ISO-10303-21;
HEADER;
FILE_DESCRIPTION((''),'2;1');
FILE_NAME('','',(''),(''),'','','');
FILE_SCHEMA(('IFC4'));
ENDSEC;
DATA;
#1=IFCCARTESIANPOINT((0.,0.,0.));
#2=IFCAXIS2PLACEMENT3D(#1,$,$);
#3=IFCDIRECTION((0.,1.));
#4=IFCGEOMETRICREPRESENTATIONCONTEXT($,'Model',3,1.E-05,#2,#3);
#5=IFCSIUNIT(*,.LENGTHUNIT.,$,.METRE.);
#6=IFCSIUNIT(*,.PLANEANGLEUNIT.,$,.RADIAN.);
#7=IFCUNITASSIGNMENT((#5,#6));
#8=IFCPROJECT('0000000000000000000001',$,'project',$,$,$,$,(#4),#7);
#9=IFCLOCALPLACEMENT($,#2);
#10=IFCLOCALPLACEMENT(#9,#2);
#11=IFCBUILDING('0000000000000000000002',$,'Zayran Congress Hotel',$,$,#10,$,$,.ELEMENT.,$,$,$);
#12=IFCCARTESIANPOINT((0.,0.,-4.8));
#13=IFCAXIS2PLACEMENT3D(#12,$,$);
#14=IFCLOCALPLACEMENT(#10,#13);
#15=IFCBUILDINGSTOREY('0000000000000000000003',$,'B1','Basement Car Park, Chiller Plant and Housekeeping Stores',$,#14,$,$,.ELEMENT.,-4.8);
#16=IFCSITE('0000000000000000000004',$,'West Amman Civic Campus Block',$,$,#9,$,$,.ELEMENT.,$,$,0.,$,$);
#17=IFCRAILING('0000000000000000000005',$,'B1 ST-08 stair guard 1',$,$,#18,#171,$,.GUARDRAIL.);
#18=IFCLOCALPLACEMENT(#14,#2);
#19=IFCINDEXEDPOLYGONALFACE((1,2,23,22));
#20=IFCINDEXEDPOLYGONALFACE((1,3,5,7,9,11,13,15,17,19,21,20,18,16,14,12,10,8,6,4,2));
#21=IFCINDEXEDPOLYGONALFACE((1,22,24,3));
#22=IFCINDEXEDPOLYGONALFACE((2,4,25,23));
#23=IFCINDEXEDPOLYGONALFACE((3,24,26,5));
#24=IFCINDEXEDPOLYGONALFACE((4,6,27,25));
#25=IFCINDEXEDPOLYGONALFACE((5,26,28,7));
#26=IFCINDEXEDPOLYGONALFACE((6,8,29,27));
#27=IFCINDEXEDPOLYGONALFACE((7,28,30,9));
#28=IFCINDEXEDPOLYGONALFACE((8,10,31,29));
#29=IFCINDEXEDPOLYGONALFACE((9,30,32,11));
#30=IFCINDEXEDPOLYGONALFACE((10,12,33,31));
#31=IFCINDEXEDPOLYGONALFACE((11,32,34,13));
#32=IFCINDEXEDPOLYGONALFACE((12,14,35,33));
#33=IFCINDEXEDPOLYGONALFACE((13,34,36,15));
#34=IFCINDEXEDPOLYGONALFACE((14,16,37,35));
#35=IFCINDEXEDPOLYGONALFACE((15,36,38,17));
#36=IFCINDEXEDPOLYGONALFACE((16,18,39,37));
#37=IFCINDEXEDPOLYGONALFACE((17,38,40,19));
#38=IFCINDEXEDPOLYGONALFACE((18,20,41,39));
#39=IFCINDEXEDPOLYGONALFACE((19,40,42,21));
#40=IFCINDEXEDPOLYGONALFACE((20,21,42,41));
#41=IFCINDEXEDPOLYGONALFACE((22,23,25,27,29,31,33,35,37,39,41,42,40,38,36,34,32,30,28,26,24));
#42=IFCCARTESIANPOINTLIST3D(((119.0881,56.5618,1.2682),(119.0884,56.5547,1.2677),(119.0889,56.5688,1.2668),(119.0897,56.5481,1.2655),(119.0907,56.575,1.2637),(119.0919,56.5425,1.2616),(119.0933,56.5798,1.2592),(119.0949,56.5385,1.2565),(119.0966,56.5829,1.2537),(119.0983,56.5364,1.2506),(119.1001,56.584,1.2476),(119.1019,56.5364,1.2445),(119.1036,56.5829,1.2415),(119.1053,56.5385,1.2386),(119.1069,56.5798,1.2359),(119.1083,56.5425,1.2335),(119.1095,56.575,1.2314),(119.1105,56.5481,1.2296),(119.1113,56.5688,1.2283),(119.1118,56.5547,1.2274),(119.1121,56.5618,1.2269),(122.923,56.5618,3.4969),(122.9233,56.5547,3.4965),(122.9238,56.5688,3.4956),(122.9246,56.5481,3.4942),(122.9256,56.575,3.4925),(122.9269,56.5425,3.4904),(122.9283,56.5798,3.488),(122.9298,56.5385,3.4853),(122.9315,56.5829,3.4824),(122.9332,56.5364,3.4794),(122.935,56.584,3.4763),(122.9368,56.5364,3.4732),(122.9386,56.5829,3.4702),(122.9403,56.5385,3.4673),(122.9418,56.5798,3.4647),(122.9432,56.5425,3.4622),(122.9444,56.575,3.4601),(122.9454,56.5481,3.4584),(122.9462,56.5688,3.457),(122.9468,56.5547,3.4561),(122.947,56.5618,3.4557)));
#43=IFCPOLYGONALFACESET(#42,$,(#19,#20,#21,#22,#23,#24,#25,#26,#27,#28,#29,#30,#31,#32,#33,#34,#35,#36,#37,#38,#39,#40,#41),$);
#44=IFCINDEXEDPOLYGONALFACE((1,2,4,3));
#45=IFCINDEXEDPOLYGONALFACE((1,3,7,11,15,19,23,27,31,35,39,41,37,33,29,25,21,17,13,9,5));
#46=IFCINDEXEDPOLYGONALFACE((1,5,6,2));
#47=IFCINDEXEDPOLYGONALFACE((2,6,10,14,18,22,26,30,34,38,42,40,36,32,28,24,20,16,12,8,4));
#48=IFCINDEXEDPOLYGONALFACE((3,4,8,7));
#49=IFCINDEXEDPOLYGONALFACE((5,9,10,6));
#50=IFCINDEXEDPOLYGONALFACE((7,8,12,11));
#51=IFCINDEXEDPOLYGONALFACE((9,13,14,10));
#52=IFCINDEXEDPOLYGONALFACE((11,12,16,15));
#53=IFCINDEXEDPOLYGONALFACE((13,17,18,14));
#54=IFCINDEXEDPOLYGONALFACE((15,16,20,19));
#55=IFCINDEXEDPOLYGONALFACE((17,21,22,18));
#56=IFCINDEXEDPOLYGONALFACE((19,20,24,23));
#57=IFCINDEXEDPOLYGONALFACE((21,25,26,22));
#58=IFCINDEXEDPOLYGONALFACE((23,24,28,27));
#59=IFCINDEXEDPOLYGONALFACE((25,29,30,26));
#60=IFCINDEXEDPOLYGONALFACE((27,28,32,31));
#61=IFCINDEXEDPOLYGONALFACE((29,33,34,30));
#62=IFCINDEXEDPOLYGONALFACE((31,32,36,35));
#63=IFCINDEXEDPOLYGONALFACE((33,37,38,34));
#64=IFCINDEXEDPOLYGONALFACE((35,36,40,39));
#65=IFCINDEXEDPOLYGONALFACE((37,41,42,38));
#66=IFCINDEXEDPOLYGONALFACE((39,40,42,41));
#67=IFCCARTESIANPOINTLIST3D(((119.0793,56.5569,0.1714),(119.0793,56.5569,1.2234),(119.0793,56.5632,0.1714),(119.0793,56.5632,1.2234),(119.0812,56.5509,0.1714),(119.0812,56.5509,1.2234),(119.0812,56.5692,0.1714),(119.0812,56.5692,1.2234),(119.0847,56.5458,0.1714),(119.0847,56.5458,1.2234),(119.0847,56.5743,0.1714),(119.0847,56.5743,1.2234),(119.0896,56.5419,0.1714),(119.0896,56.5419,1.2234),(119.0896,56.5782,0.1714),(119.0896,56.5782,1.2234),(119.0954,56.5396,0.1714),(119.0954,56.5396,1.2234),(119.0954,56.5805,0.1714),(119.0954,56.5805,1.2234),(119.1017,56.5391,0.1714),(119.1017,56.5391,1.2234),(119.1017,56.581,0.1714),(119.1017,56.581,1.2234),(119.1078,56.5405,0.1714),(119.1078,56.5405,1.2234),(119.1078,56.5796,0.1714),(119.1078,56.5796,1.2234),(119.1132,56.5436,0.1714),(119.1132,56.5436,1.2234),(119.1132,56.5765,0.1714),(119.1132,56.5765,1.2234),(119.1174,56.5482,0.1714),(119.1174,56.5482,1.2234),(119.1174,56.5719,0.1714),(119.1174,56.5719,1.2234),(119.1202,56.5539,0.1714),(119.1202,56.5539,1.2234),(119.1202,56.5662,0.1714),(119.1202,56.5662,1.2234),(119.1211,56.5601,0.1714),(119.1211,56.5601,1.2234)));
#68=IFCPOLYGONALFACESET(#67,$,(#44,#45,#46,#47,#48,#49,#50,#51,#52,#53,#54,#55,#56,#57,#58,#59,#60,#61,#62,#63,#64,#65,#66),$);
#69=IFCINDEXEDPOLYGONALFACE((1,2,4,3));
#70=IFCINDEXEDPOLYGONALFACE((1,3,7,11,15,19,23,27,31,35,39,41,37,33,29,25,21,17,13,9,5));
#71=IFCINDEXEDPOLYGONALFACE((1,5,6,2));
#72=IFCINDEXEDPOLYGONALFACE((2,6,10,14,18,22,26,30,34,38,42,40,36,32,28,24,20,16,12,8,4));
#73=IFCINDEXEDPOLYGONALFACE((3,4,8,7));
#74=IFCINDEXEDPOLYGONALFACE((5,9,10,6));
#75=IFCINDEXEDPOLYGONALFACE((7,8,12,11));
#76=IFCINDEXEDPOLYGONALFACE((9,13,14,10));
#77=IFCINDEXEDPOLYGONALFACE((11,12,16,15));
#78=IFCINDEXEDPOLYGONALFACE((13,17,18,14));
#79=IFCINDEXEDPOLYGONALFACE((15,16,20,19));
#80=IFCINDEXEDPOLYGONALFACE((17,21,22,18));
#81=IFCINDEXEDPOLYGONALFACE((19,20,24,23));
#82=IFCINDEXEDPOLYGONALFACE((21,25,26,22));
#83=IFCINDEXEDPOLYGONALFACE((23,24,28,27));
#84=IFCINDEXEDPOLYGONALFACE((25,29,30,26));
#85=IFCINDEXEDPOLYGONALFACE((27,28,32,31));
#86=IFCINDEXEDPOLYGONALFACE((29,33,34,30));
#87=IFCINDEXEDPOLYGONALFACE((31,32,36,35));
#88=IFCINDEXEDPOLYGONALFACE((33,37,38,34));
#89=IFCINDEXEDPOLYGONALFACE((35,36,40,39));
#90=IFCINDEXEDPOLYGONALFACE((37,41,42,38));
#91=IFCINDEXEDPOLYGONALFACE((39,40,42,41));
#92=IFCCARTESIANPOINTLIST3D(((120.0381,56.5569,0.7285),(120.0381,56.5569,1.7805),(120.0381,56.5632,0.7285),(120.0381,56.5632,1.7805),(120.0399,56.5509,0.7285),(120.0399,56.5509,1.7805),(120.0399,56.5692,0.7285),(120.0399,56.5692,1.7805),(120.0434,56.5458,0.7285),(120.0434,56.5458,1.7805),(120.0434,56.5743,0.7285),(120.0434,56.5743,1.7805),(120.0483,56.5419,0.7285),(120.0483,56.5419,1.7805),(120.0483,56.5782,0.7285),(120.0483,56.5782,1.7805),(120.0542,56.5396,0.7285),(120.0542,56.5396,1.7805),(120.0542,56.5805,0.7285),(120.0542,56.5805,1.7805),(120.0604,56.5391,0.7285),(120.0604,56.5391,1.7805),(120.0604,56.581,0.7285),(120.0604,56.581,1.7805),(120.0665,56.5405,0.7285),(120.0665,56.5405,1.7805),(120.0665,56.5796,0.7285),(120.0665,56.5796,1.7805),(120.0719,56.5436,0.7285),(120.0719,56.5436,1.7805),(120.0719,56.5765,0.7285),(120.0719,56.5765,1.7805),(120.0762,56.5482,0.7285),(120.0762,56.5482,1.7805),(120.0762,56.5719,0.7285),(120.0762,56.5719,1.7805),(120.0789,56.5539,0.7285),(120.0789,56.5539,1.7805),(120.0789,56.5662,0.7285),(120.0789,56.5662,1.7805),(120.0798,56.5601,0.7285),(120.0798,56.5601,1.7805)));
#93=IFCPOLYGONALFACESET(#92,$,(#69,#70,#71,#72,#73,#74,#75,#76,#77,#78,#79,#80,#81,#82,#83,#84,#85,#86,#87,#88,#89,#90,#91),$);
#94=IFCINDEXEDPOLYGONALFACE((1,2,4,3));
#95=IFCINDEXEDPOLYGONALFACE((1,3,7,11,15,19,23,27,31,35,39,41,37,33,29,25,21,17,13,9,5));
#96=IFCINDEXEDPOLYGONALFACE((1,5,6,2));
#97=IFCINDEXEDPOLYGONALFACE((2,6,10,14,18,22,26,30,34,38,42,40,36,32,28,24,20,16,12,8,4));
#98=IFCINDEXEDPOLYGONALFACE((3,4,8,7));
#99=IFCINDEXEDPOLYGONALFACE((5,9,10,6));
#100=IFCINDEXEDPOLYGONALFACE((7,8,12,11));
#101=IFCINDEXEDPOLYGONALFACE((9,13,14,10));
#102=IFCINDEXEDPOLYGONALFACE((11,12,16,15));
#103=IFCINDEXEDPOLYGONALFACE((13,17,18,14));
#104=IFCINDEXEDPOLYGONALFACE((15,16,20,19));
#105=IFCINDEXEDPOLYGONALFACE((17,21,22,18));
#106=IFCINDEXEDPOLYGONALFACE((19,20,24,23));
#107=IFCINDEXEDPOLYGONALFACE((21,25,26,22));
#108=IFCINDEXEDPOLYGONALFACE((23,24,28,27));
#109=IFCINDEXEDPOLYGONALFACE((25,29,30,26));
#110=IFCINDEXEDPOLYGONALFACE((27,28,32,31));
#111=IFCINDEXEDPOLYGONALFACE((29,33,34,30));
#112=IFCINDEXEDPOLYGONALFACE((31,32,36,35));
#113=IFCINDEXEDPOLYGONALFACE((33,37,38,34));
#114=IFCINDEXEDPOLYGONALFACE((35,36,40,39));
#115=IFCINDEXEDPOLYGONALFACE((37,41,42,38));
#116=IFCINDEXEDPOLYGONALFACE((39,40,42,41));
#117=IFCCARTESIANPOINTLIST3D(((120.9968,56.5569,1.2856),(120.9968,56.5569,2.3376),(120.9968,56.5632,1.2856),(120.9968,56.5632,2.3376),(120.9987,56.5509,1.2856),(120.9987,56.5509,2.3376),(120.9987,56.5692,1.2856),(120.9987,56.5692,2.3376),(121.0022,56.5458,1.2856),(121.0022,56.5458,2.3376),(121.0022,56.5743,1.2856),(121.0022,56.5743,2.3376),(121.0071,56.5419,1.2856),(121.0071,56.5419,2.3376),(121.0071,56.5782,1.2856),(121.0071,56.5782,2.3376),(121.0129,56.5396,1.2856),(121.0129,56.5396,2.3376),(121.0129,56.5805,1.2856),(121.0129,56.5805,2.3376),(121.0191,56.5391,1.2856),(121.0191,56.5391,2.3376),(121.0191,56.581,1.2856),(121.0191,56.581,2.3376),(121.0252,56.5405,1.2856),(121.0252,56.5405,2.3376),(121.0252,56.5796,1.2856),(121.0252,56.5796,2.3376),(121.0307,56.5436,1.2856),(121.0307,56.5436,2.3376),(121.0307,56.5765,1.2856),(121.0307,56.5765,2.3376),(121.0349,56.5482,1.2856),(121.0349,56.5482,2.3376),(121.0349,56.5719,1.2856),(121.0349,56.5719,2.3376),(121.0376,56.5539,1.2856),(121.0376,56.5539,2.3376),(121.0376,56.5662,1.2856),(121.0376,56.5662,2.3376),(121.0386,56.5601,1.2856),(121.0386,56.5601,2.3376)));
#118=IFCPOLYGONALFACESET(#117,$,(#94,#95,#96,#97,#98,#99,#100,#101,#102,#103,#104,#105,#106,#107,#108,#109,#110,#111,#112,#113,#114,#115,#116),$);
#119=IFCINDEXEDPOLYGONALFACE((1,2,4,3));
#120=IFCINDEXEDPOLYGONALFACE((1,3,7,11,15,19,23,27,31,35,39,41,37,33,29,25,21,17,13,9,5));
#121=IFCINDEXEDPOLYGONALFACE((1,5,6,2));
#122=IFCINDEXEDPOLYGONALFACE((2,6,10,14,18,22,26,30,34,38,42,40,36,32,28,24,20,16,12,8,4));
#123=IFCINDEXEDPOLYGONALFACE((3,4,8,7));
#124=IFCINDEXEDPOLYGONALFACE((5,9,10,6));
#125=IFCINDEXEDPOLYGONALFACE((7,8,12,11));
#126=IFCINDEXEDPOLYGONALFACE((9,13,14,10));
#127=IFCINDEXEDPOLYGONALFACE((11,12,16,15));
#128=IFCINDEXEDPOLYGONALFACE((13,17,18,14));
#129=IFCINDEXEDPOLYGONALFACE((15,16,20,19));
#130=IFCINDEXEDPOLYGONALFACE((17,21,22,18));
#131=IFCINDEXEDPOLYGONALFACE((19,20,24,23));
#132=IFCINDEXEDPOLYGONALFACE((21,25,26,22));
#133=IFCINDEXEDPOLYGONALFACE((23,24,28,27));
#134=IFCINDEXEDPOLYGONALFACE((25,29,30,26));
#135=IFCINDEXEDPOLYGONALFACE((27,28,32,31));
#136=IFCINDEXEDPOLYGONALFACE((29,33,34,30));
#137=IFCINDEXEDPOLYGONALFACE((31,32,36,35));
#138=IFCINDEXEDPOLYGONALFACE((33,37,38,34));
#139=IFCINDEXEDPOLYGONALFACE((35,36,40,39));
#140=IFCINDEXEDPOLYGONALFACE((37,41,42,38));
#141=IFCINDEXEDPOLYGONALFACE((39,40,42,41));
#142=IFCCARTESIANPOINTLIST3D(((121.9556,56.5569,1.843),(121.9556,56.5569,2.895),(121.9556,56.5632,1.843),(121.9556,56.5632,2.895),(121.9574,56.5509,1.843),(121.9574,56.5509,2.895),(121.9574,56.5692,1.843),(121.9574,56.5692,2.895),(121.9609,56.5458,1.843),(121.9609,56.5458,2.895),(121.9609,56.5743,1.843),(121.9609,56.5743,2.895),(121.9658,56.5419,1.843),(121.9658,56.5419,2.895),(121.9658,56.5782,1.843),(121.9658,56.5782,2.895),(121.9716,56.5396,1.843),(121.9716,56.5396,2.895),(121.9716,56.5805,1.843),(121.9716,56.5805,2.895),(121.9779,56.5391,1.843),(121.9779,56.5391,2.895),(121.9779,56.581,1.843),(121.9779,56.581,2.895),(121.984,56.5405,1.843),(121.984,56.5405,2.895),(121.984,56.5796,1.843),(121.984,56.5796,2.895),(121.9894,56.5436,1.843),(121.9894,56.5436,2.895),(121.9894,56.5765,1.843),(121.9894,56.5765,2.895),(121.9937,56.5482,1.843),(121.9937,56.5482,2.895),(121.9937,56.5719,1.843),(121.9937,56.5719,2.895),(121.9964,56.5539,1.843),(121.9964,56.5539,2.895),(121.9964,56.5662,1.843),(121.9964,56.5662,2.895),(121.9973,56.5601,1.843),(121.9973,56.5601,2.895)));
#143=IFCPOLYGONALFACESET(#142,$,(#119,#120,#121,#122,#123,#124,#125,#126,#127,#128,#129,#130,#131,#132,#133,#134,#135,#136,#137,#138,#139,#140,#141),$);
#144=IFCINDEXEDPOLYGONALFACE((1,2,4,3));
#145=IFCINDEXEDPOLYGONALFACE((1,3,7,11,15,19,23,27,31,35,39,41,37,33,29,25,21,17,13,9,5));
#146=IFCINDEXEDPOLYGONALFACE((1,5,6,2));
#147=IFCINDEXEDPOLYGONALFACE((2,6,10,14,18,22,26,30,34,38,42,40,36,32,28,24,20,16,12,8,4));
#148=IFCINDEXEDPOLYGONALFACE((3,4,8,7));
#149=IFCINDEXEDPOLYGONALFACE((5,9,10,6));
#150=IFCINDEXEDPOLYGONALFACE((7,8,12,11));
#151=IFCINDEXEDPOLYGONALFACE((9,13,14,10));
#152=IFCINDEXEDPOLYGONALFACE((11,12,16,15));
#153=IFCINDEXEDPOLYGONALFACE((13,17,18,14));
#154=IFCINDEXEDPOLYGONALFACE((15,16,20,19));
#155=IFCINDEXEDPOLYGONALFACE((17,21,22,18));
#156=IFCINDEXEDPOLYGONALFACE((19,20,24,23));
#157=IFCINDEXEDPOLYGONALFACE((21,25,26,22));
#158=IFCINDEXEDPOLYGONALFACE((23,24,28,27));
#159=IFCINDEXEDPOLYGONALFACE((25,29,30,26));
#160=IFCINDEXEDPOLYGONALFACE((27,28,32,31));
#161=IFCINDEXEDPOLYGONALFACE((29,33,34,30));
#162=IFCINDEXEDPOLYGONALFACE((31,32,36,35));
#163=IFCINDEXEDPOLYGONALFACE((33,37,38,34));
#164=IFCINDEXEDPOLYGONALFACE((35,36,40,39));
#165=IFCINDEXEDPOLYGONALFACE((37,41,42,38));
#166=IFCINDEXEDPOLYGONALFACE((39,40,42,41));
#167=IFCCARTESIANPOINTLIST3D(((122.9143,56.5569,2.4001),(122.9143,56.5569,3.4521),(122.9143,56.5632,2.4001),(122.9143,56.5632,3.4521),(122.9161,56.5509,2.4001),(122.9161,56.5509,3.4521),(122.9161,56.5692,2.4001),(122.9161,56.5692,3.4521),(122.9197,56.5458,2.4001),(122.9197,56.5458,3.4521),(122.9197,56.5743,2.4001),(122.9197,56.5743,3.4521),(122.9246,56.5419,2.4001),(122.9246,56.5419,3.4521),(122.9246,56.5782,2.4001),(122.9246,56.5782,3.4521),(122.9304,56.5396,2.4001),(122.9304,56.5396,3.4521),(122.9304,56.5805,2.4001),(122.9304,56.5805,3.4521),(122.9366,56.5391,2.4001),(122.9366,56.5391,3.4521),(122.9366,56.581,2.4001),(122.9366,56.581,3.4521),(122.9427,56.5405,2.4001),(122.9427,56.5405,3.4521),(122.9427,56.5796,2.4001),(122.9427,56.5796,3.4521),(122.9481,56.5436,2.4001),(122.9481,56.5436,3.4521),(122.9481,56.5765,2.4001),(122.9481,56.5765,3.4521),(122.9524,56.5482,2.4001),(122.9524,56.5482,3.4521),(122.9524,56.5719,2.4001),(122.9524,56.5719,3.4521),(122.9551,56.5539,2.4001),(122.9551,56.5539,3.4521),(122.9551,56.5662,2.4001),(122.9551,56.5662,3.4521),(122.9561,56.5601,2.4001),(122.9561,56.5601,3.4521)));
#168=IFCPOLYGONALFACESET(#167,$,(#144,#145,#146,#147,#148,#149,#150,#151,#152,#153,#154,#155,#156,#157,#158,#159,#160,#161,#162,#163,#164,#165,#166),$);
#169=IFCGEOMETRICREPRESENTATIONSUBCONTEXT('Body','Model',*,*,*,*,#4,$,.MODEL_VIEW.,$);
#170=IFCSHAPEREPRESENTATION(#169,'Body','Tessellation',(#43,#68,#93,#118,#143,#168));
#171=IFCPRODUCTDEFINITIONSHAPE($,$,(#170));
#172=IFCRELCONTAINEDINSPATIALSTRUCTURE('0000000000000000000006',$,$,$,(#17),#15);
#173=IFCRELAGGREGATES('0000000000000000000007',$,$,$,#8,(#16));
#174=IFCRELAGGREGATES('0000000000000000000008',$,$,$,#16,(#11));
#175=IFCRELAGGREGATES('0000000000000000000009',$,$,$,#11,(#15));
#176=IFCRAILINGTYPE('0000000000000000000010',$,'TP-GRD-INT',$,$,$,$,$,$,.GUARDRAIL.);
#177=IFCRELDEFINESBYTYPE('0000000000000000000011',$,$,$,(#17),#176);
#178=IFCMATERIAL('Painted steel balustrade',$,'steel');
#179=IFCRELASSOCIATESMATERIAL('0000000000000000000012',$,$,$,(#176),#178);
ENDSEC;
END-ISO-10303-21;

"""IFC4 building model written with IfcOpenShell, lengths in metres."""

from ifc_helpers import new_model, si_unit, direction, frame, origin, origin_2d, place, context, subcontext, project, spatial, circle, extrude, material, type_object, element, save


model = new_model("IFC4")

# Units and contexts
model_context = context("Model", 3, precision=1e-05, world=origin(), true_north=direction((0.0, 1.0)))
body_context = subcontext(model_context, "Body", "Model", "MODEL_VIEW")
ifc_project = project(units=[si_unit("LENGTHUNIT", "METRE"), si_unit("PLANEANGLEUNIT", "RADIAN")], contexts=[model_context])

# Site, building, storey
site_placement = place(None, origin())
site = spatial("IfcSite", under=ifc_project, at=site_placement, Name="West Amman Civic Campus Block", CompositionType="ELEMENT", RefElevation=0.0)
building_placement = place(site_placement, origin())
building = spatial("IfcBuilding", under=site, at=building_placement, Name="Zayran Congress Hotel", CompositionType="ELEMENT")
storey_placement = place(building_placement, frame((0.0, 0.0, -4.8)))
storey = spatial("IfcBuildingStorey", under=building, at=storey_placement, Name="B1", Description="Basement Car Park, Chiller Plant and Housekeeping Stores", CompositionType="ELEMENT", Elevation=-4.8)

# Railing
ifc_material_1 = material(Name="Painted steel balustrade", Category="steel")
railing_type_1 = type_object("IfcRailingType", Name="TP-GRD-INT", PredefinedType="GUARDRAIL", material=ifc_material_1)
railing_1_placement = place(storey_placement, frame((119.1001, 56.5601, 0.1714)))
element("IfcRailing", 1, at=railing_1_placement, inside=storey, type_object=railing_type_1, Name="B1 ST-08 stair guard 1", PredefinedType="GUARDRAIL", context=body_context, shape_type="SweptSolid", body=[
    extrude(circle(Radius=0.0239, at=origin_2d()), frame((0.0, 0.0, 1.0762), z_axis=(0.864592, 0.0, 0.502474), x_axis=(0.0, 1.0, 0.0)), (0.0, 0.0, 1.0), 4.4355),
    extrude(circle(Radius=0.021, at=origin_2d()), origin(), (0.0, 0.0, 1.0), 1.052),
    extrude(circle(Radius=0.021, at=origin_2d()), frame((0.9587, 0.0, 0.5571)), (0.0, 0.0, 1.0), 1.052),
    extrude(circle(Radius=0.021, at=origin_2d()), frame((1.9175, 0.0, 1.1143)), (0.0, 0.0, 1.0), 1.052),
    extrude(circle(Radius=0.021, at=origin_2d()), frame((2.8762, 0.0, 1.6716)), (0.0, 0.0, 1.0), 1.052),
    extrude(circle(Radius=0.021, at=origin_2d()), frame((3.835, 0.0, 2.2288)), (0.0, 0.0, 1.0), 1.052),
])

save(model, "model.ifc")
